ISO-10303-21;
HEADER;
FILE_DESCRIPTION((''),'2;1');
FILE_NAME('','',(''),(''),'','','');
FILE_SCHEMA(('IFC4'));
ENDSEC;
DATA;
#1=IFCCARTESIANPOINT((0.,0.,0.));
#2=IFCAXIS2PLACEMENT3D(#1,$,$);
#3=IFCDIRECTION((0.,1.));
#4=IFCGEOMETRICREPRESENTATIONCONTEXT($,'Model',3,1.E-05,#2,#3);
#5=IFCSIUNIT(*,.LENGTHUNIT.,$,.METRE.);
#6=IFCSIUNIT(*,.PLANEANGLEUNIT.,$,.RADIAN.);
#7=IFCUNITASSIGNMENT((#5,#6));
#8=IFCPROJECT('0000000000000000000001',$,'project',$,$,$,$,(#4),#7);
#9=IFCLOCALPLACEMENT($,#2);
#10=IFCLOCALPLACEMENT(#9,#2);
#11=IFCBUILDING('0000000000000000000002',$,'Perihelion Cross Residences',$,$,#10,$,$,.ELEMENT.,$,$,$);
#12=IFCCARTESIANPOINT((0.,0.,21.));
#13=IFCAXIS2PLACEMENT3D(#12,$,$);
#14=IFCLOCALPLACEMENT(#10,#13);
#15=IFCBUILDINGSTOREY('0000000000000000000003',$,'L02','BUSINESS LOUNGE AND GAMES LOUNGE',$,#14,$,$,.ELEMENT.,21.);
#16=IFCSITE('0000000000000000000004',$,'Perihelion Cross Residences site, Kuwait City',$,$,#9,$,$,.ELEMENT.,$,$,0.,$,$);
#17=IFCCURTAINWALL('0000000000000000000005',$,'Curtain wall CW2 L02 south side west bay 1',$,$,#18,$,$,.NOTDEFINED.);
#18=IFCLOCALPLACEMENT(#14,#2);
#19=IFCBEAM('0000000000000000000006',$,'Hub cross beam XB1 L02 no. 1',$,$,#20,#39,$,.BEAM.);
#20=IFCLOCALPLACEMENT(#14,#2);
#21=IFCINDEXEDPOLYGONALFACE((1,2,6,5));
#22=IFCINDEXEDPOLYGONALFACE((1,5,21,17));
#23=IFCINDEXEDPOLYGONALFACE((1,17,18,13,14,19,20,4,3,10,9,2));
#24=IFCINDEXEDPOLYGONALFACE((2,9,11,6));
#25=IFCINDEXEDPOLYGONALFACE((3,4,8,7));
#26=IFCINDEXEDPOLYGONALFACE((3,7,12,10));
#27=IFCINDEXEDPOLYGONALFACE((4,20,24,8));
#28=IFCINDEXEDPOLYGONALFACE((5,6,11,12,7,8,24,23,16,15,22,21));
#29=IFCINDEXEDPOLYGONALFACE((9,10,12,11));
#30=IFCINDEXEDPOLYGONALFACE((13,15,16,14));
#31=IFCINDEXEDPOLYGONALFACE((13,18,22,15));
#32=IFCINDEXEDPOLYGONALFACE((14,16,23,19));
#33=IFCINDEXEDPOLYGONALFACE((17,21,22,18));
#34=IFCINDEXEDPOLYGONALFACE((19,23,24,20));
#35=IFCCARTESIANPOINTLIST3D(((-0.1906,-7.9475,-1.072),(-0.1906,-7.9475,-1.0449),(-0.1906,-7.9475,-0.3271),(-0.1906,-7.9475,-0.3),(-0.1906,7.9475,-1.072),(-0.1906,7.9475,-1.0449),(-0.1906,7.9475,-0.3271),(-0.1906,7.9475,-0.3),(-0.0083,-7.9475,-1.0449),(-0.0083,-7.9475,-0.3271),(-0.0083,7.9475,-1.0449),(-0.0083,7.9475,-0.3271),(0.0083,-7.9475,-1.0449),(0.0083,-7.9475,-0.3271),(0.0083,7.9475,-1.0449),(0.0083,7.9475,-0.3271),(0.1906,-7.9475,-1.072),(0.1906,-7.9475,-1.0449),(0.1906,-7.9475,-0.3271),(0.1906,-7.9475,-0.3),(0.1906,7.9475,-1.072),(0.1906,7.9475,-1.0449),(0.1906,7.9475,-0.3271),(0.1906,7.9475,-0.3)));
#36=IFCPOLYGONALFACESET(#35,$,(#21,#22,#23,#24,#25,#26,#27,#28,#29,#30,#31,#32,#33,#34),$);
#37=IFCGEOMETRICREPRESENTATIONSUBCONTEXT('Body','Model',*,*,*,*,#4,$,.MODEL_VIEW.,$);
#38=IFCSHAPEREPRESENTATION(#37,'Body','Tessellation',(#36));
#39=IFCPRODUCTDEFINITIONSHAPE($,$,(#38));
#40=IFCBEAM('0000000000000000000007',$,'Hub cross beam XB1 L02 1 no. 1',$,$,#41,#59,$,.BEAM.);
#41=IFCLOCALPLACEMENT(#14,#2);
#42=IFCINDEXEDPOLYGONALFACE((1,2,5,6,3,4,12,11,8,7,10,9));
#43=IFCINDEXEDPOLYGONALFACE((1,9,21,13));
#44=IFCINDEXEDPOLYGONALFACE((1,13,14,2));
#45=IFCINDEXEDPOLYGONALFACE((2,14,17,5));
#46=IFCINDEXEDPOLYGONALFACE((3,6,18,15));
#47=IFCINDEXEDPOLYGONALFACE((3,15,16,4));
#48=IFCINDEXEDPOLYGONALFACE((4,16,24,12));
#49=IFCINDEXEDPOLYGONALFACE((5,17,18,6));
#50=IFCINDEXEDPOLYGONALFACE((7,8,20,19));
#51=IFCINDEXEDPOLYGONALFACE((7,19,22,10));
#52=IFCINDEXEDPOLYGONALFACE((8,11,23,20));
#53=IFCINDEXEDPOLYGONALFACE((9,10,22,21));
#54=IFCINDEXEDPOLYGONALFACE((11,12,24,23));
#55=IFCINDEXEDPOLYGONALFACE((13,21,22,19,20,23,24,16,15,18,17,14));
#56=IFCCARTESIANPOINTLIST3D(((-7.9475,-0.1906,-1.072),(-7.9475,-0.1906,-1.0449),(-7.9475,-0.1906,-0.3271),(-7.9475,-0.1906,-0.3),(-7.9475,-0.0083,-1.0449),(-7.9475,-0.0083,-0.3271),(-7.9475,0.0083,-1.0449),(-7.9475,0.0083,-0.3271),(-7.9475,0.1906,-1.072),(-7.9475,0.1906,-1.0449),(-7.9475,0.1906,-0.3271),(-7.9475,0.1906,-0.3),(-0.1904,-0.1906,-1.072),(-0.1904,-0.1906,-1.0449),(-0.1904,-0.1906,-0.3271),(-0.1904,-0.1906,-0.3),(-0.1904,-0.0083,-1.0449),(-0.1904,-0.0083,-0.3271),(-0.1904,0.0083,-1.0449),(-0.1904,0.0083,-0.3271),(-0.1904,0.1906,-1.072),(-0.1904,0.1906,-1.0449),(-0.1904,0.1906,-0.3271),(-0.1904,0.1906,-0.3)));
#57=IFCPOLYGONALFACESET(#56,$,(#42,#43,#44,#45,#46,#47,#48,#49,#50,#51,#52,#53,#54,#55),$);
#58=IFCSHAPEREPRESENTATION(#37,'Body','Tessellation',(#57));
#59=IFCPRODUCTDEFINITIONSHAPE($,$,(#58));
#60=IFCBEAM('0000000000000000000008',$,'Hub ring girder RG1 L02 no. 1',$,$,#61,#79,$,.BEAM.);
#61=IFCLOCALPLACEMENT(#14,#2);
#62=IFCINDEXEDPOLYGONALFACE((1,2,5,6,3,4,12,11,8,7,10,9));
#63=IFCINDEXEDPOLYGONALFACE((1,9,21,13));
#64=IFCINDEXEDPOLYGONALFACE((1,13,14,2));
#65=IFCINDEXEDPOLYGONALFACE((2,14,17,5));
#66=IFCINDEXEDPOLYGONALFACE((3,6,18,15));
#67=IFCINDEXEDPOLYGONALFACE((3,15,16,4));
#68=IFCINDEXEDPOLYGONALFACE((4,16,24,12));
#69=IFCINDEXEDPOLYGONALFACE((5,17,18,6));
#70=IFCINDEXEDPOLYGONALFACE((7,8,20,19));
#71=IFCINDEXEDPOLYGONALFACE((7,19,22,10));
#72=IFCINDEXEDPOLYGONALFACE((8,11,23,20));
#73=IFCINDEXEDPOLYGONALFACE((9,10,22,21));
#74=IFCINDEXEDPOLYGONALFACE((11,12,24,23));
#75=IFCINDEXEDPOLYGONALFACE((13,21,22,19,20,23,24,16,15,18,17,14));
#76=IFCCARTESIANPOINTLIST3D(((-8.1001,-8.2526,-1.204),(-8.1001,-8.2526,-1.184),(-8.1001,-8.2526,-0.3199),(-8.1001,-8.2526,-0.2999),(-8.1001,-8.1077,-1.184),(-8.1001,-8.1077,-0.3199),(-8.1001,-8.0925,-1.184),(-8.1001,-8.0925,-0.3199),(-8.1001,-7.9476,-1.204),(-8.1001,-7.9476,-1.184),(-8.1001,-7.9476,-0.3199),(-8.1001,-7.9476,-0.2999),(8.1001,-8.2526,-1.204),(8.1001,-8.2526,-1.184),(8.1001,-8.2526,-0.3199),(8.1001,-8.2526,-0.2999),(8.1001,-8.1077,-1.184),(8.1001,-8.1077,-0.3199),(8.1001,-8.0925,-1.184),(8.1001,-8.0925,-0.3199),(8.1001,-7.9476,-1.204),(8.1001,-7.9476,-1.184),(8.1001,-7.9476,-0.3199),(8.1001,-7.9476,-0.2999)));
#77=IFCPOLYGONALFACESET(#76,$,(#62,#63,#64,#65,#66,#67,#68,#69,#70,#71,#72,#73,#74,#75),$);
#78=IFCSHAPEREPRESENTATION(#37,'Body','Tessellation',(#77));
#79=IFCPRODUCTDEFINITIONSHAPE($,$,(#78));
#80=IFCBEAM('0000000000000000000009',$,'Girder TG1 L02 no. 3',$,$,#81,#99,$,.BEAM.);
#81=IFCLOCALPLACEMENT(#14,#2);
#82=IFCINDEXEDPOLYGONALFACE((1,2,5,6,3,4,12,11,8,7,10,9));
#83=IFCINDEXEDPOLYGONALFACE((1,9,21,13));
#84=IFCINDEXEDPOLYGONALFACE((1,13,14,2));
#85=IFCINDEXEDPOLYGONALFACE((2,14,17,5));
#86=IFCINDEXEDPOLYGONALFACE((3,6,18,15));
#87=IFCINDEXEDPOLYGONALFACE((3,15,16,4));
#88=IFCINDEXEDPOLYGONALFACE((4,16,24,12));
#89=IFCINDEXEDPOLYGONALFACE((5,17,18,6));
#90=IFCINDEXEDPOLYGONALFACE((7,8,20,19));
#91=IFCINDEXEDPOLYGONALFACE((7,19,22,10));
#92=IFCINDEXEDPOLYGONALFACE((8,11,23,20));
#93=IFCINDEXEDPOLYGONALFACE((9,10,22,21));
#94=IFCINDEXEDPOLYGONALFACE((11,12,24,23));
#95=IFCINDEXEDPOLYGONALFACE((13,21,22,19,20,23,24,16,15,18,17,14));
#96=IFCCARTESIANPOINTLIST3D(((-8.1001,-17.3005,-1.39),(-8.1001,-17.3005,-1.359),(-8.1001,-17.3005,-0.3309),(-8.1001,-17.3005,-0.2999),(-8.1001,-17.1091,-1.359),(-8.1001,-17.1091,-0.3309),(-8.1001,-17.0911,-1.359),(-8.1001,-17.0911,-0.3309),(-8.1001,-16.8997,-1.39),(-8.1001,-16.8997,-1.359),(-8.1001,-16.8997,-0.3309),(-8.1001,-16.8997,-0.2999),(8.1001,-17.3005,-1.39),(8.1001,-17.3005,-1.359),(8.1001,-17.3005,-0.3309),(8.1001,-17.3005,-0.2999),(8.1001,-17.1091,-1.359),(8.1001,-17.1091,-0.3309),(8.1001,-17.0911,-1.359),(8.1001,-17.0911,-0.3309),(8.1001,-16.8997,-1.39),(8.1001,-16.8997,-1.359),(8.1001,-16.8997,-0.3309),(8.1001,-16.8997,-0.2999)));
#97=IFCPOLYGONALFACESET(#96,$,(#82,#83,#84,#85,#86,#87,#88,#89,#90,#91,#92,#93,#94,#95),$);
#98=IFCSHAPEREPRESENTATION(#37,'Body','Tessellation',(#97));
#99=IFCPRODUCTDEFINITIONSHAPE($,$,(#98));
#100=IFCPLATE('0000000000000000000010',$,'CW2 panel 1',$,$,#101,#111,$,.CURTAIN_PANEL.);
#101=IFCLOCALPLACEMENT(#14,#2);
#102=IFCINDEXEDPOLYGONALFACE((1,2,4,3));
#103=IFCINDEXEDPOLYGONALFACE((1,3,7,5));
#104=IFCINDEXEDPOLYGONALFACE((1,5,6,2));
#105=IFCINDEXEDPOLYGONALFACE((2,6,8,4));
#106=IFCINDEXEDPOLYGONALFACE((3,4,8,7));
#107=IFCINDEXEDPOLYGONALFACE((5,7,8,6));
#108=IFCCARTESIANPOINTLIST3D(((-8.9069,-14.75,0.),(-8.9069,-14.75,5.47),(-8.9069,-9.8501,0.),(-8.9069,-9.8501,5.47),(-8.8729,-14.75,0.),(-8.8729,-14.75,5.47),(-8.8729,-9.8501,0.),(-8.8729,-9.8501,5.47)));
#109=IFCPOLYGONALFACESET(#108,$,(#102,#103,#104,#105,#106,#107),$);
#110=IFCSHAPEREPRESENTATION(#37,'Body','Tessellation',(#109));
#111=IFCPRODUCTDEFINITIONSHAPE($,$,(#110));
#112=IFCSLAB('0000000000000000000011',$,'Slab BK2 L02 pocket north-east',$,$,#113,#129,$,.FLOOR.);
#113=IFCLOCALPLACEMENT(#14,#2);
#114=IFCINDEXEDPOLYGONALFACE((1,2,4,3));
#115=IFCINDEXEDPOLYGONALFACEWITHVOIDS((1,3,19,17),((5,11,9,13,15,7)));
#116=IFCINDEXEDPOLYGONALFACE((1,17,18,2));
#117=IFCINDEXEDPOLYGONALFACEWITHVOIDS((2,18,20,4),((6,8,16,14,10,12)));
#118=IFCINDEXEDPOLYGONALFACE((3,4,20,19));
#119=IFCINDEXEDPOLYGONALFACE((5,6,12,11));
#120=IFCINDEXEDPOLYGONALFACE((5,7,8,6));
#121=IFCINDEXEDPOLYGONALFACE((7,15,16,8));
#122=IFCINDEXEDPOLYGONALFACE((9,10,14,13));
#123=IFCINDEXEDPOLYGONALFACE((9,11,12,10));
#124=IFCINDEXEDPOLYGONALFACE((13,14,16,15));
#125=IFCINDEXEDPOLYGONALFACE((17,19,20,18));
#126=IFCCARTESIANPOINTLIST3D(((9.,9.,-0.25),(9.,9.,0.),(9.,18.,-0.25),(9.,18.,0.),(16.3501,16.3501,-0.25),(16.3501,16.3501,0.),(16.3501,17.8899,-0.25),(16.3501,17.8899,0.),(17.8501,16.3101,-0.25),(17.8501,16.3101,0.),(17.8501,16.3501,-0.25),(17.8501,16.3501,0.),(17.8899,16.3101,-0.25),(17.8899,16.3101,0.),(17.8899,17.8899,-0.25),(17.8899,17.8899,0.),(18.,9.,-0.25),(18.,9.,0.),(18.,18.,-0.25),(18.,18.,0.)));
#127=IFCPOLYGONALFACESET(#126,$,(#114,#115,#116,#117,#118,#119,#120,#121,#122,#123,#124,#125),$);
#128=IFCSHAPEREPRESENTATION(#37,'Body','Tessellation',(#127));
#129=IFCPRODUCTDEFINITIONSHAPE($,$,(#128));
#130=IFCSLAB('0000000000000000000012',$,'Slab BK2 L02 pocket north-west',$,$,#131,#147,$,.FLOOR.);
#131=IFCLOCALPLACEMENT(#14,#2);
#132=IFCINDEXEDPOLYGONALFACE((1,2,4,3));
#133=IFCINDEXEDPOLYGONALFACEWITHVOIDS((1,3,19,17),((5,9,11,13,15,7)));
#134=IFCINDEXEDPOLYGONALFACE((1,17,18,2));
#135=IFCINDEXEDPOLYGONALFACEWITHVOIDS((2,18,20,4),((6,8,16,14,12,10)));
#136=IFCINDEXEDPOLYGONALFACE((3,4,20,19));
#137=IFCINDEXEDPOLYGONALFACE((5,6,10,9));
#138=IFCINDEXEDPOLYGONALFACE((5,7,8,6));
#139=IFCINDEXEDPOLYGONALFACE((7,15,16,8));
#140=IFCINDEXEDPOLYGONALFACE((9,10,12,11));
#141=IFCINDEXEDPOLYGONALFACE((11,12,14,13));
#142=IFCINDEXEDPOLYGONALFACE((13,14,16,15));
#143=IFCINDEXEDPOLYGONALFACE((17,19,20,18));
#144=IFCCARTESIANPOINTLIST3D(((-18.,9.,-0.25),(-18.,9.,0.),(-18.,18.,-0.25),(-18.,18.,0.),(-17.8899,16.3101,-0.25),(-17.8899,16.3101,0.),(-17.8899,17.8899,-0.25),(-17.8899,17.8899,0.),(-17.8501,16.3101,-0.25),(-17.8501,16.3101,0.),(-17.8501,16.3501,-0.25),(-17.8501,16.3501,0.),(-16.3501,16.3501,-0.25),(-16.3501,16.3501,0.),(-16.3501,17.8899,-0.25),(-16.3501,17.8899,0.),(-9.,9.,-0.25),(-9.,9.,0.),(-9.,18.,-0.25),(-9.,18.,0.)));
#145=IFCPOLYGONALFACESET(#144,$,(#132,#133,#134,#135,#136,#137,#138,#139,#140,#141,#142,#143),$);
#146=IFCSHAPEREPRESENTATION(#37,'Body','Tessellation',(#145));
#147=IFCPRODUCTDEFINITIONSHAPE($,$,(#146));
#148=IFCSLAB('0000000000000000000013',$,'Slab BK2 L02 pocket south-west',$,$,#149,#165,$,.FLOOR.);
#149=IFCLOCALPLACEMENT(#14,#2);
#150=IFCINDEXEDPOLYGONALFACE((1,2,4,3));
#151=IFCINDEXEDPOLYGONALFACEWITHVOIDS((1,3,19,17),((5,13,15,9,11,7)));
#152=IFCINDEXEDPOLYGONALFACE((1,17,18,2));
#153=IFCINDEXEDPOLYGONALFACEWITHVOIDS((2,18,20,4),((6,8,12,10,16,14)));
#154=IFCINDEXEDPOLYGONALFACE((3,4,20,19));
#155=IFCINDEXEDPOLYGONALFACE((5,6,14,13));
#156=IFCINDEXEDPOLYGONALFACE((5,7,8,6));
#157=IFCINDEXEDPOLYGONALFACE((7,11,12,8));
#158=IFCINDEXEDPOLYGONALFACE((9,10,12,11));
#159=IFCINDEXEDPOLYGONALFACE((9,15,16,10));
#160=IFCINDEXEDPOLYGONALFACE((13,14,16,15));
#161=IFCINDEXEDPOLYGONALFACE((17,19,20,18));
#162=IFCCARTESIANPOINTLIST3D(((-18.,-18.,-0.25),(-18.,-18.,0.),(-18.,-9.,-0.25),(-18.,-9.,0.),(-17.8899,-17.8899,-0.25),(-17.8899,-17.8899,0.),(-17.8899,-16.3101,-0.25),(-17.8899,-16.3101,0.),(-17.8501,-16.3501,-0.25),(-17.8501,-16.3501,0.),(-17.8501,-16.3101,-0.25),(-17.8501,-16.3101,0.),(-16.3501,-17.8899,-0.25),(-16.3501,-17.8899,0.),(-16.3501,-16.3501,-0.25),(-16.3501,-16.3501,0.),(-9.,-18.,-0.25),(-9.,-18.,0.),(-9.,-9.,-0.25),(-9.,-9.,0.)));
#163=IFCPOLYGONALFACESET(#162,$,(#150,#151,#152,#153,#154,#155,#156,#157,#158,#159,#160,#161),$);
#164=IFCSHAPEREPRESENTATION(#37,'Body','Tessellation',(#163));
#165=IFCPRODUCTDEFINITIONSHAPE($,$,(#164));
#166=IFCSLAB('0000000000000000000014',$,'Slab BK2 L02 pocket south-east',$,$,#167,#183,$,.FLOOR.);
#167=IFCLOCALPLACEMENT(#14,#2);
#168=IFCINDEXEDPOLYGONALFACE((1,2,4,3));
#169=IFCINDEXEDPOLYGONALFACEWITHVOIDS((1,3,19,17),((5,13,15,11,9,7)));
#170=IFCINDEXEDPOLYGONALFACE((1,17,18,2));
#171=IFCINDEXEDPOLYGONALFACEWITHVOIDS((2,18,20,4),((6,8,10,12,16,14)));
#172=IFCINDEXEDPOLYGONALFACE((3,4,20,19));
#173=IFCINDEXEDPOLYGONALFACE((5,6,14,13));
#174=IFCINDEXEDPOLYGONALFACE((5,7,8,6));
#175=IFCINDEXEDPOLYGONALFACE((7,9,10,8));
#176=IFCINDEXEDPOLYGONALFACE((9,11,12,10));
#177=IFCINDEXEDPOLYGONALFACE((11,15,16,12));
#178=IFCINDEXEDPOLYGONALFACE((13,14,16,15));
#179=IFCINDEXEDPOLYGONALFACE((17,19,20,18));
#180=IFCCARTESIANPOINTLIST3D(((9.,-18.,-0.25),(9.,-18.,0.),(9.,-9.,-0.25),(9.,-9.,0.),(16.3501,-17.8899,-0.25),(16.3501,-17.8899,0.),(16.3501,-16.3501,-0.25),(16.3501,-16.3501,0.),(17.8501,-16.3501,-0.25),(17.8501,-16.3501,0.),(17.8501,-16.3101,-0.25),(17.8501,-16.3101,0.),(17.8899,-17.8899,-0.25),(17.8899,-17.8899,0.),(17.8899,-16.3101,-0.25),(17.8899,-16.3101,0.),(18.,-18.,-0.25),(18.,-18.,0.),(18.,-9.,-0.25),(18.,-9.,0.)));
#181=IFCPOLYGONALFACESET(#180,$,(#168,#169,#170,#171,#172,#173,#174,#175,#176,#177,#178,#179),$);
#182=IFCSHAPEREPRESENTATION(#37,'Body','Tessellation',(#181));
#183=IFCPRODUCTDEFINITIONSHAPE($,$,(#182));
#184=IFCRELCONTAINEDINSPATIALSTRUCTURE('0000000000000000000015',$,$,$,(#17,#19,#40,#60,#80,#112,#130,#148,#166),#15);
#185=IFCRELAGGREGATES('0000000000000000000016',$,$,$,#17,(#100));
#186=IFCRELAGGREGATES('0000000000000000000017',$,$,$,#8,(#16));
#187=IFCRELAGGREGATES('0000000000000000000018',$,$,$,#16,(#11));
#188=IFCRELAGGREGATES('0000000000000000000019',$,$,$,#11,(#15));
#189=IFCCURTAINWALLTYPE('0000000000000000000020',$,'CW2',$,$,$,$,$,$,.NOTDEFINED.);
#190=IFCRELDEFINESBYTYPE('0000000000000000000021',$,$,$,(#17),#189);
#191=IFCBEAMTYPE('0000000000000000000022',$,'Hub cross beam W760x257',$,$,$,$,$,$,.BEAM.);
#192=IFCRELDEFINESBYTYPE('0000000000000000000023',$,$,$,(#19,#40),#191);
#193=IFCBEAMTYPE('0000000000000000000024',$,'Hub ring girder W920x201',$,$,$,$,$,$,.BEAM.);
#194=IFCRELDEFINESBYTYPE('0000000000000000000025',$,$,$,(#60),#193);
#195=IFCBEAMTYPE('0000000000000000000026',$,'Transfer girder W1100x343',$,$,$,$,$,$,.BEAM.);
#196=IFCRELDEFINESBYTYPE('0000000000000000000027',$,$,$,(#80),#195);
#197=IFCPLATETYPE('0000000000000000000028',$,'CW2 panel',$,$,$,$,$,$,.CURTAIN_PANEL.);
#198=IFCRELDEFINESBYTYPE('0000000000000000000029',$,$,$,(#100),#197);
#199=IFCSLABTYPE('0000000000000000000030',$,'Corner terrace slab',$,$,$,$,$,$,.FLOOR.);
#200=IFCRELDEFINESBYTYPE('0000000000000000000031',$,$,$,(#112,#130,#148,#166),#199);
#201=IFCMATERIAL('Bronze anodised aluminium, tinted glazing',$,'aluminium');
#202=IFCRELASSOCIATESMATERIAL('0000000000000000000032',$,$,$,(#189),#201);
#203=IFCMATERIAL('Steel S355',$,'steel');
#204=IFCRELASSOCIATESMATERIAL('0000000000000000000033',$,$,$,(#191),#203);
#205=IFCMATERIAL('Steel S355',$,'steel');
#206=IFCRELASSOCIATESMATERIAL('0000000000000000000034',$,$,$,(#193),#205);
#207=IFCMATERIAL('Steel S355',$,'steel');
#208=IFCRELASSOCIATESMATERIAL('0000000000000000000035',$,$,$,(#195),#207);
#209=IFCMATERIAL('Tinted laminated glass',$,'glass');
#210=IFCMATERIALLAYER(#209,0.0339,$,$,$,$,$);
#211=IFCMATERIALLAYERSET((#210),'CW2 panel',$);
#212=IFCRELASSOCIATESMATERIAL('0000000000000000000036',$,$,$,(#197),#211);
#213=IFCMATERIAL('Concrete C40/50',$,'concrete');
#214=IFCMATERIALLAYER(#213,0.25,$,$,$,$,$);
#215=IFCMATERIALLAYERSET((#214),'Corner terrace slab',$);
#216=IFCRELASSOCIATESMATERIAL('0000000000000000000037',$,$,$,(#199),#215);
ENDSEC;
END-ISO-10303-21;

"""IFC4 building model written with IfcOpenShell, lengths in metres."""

from ifc_helpers import new_model, si_unit, direction, frame, origin, origin_2d, place, context, subcontext, project, spatial, polyline, rectangle, i_section, outline, extrude, material, layer, layer_set, material_profile, profile_set, type_object, element, aggregate, save


model = new_model("IFC4")

# Units and contexts
model_context = context("Model", 3, precision=1e-05, world=origin(), true_north=direction((0.0, 1.0)))
body_context = subcontext(model_context, "Body", "Model", "MODEL_VIEW")
ifc_project = project(units=[si_unit("LENGTHUNIT", "METRE"), si_unit("PLANEANGLEUNIT", "RADIAN")], contexts=[model_context])

# Site, building, storey
site_placement = place(None, origin())
site = spatial("IfcSite", under=ifc_project, at=site_placement, Name="Perihelion Cross Residences site, Kuwait City", CompositionType="ELEMENT", RefElevation=0.0)
building_placement = place(site_placement, origin())
building = spatial("IfcBuilding", under=site, at=building_placement, Name="Perihelion Cross Residences", CompositionType="ELEMENT")
storey_placement = place(building_placement, frame((0.0, 0.0, 21.0)))
storey = spatial("IfcBuildingStorey", under=building, at=storey_placement, Name="L02", Description="BUSINESS LOUNGE AND GAMES LOUNGE", CompositionType="ELEMENT", Elevation=21.0)

# Curtain wall
ifc_material_1 = material(Name="Bronze anodised aluminium, tinted glazing", Category="aluminium")
curtain_wall_type = type_object("IfcCurtainWallType", Name="CW2", PredefinedType="NOTDEFINED", material=ifc_material_1)
curtain_wall_placement = place(storey_placement, origin())
curtain_wall = element("IfcCurtainWall", 1, at=curtain_wall_placement, inside=storey, type_object=curtain_wall_type, Name="Curtain wall CW2 L02 south side west bay 1", PredefinedType="NOTDEFINED")

# Beams
ifc_material_2 = material(Name="Steel S355", Category="steel")
ifc_material_profile_1 = material_profile(ifc_material_2, i_section(OverallWidth=0.3811, OverallDepth=0.772, WebThickness=0.0166, FlangeThickness=0.0271, at=origin_2d()), Name="W760x257")
ifc_profile_set_1 = profile_set([ifc_material_profile_1], Name="Steel S355")
beam_type_1 = type_object("IfcBeamType", Name="Hub cross beam W760x257", PredefinedType="BEAM", material=ifc_profile_set_1)
beam_1_placement = place(storey_placement, frame((0.0, -7.9475, -0.686), z_axis=(0.0, 1.0, 0.0), x_axis=(-1.0, 0.0, 0.0)))
element("IfcBeam", 2, at=beam_1_placement, inside=storey, type_object=beam_type_1, Name="Hub cross beam XB1 L02 no. 1", PredefinedType="BEAM", context=body_context, shape_type="SweptSolid", body=[
    extrude(i_section(OverallWidth=0.3811, OverallDepth=0.772, WebThickness=0.0166, FlangeThickness=0.0271, at=origin_2d()), origin(), (0.0, 0.0, 1.0), 15.895),
])
beam_2_placement = place(storey_placement, frame((-7.9475, 0.0, -0.686), z_axis=(1.0, 0.0, 0.0), x_axis=(0.0, 1.0, 0.0)))
element("IfcBeam", 3, at=beam_2_placement, inside=storey, type_object=beam_type_1, Name="Hub cross beam XB1 L02 1 no. 1", PredefinedType="BEAM", context=body_context, shape_type="SweptSolid", body=[
    extrude(i_section(OverallWidth=0.3811, OverallDepth=0.772, WebThickness=0.0166, FlangeThickness=0.0271, at=origin_2d()), origin(), (0.0, 0.0, 1.0), 7.7571),
])
ifc_material_3 = material(Name="Steel S355", Category="steel")
ifc_material_profile_2 = material_profile(ifc_material_3, i_section(OverallWidth=0.3049, OverallDepth=0.9041, WebThickness=0.0151, FlangeThickness=0.02, at=origin_2d()), Name="W920x201")
ifc_profile_set_2 = profile_set([ifc_material_profile_2], Name="Steel S355")
beam_type_2 = type_object("IfcBeamType", Name="Hub ring girder W920x201", PredefinedType="BEAM", material=ifc_profile_set_2)
beam_3_placement = place(storey_placement, frame((-8.1001, -8.1001, -0.752), z_axis=(1.0, 0.0, 0.0), x_axis=(0.0, 1.0, 0.0)))
element("IfcBeam", 4, at=beam_3_placement, inside=storey, type_object=beam_type_2, Name="Hub ring girder RG1 L02 no. 1", PredefinedType="BEAM", context=body_context, shape_type="SweptSolid", body=[
    extrude(i_section(OverallWidth=0.3049, OverallDepth=0.9041, WebThickness=0.0151, FlangeThickness=0.02, at=origin_2d()), origin(), (0.0, 0.0, 1.0), 16.2002),
])
ifc_material_4 = material(Name="Steel S355", Category="steel")
ifc_material_profile_3 = material_profile(ifc_material_4, i_section(OverallWidth=0.4009, OverallDepth=1.0901, WebThickness=0.0181, FlangeThickness=0.031, at=origin_2d()), Name="W1100x343")
ifc_profile_set_3 = profile_set([ifc_material_profile_3], Name="Steel S355")
beam_type_3 = type_object("IfcBeamType", Name="Transfer girder W1100x343", PredefinedType="BEAM", material=ifc_profile_set_3)
beam_4_placement = place(storey_placement, frame((-8.1001, -17.1001, -0.845), z_axis=(1.0, 0.0, 0.0), x_axis=(0.0, 1.0, 0.0)))
element("IfcBeam", 5, at=beam_4_placement, inside=storey, type_object=beam_type_3, Name="Girder TG1 L02 no. 3", PredefinedType="BEAM", context=body_context, shape_type="SweptSolid", body=[
    extrude(i_section(OverallWidth=0.4009, OverallDepth=1.0901, WebThickness=0.0181, FlangeThickness=0.031, at=origin_2d()), origin(), (0.0, 0.0, 1.0), 16.2002),
])

# Plate
ifc_material_5 = material(Name="Tinted laminated glass", Category="glass")
ifc_layer_1 = layer(ifc_material_5, 0.0339)
ifc_layer_set_1 = layer_set([ifc_layer_1], Name="CW2 panel")
plate_type = type_object("IfcPlateType", Name="CW2 panel", PredefinedType="CURTAIN_PANEL", material=ifc_layer_set_1)
plate_placement = place(storey_placement, frame((-8.8899, -12.3, 0.0), z_axis=(0.0, 0.0, 1.0), x_axis=(0.0, -1.0, 0.0)))
plate = element("IfcPlate", 6, at=plate_placement, type_object=plate_type, Name="CW2 panel 1", PredefinedType="CURTAIN_PANEL", context=body_context, shape_type="SweptSolid", body=[
    extrude(rectangle(XDim=4.8999, YDim=0.0339, at=origin_2d()), origin(), (0.0, 0.0, 1.0), 5.47),
])
aggregate(curtain_wall, [plate])

# Slabs
ifc_material_6 = material(Name="Concrete C40/50", Category="concrete")
ifc_layer_2 = layer(ifc_material_6, 0.25)
ifc_layer_set_2 = layer_set([ifc_layer_2], Name="Corner terrace slab")
slab_type_1 = type_object("IfcSlabType", Name="Corner terrace slab", PredefinedType="FLOOR", material=ifc_layer_set_2)
slab_1_placement = place(storey_placement, frame((0.0, 0.0, -0.25)))
element("IfcSlab", 7, at=slab_1_placement, inside=storey, type_object=slab_type_1, Name="Slab BK2 L02 pocket north-east", PredefinedType="FLOOR", context=body_context, shape_type="SweptSolid", body=[
    extrude(outline(polyline([(18.0, 9.0), (18.0, 18.0), (9.0, 18.0), (9.0, 9.0), (18.0, 9.0)]), holes=[polyline([(16.3501, 16.3501), (16.3501, 17.8899), (17.8899, 17.8899), (17.8899, 16.3101), (17.8501, 16.3101), (17.8501, 16.3501), (16.3501, 16.3501)])]), origin(), (0.0, 0.0, 1.0), 0.25),
])
slab_2_placement = place(storey_placement, frame((0.0, 0.0, -0.25)))
element("IfcSlab", 8, at=slab_2_placement, inside=storey, type_object=slab_type_1, Name="Slab BK2 L02 pocket north-west", PredefinedType="FLOOR", context=body_context, shape_type="SweptSolid", body=[
    extrude(outline(polyline([(-9.0, 9.0), (-9.0, 18.0), (-18.0, 18.0), (-18.0, 9.0), (-9.0, 9.0)]), holes=[polyline([(-17.8501, 16.3101), (-17.8899, 16.3101), (-17.8899, 17.8899), (-16.3501, 17.8899), (-16.3501, 16.3501), (-17.8501, 16.3501), (-17.8501, 16.3101)])]), origin(), (0.0, 0.0, 1.0), 0.25),
])
slab_3_placement = place(storey_placement, frame((0.0, 0.0, -0.25)))
element("IfcSlab", 9, at=slab_3_placement, inside=storey, type_object=slab_type_1, Name="Slab BK2 L02 pocket south-west", PredefinedType="FLOOR", context=body_context, shape_type="SweptSolid", body=[
    extrude(outline(polyline([(-9.0, -18.0), (-9.0, -9.0), (-18.0, -9.0), (-18.0, -18.0), (-9.0, -18.0)]), holes=[polyline([(-16.3501, -17.8899), (-17.8899, -17.8899), (-17.8899, -16.3101), (-17.8501, -16.3101), (-17.8501, -16.3501), (-16.3501, -16.3501), (-16.3501, -17.8899)])]), origin(), (0.0, 0.0, 1.0), 0.25),
])
slab_4_placement = place(storey_placement, frame((0.0, 0.0, -0.25)))
element("IfcSlab", 10, at=slab_4_placement, inside=storey, type_object=slab_type_1, Name="Slab BK2 L02 pocket south-east", PredefinedType="FLOOR", context=body_context, shape_type="SweptSolid", body=[
    extrude(outline(polyline([(18.0, -18.0), (18.0, -9.0), (9.0, -9.0), (9.0, -18.0), (18.0, -18.0)]), holes=[polyline([(16.3501, -17.8899), (16.3501, -16.3501), (17.8501, -16.3501), (17.8501, -16.3101), (17.8899, -16.3101), (17.8899, -17.8899), (16.3501, -17.8899)])]), origin(), (0.0, 0.0, 1.0), 0.25),
])

save(model, "model.ifc")
